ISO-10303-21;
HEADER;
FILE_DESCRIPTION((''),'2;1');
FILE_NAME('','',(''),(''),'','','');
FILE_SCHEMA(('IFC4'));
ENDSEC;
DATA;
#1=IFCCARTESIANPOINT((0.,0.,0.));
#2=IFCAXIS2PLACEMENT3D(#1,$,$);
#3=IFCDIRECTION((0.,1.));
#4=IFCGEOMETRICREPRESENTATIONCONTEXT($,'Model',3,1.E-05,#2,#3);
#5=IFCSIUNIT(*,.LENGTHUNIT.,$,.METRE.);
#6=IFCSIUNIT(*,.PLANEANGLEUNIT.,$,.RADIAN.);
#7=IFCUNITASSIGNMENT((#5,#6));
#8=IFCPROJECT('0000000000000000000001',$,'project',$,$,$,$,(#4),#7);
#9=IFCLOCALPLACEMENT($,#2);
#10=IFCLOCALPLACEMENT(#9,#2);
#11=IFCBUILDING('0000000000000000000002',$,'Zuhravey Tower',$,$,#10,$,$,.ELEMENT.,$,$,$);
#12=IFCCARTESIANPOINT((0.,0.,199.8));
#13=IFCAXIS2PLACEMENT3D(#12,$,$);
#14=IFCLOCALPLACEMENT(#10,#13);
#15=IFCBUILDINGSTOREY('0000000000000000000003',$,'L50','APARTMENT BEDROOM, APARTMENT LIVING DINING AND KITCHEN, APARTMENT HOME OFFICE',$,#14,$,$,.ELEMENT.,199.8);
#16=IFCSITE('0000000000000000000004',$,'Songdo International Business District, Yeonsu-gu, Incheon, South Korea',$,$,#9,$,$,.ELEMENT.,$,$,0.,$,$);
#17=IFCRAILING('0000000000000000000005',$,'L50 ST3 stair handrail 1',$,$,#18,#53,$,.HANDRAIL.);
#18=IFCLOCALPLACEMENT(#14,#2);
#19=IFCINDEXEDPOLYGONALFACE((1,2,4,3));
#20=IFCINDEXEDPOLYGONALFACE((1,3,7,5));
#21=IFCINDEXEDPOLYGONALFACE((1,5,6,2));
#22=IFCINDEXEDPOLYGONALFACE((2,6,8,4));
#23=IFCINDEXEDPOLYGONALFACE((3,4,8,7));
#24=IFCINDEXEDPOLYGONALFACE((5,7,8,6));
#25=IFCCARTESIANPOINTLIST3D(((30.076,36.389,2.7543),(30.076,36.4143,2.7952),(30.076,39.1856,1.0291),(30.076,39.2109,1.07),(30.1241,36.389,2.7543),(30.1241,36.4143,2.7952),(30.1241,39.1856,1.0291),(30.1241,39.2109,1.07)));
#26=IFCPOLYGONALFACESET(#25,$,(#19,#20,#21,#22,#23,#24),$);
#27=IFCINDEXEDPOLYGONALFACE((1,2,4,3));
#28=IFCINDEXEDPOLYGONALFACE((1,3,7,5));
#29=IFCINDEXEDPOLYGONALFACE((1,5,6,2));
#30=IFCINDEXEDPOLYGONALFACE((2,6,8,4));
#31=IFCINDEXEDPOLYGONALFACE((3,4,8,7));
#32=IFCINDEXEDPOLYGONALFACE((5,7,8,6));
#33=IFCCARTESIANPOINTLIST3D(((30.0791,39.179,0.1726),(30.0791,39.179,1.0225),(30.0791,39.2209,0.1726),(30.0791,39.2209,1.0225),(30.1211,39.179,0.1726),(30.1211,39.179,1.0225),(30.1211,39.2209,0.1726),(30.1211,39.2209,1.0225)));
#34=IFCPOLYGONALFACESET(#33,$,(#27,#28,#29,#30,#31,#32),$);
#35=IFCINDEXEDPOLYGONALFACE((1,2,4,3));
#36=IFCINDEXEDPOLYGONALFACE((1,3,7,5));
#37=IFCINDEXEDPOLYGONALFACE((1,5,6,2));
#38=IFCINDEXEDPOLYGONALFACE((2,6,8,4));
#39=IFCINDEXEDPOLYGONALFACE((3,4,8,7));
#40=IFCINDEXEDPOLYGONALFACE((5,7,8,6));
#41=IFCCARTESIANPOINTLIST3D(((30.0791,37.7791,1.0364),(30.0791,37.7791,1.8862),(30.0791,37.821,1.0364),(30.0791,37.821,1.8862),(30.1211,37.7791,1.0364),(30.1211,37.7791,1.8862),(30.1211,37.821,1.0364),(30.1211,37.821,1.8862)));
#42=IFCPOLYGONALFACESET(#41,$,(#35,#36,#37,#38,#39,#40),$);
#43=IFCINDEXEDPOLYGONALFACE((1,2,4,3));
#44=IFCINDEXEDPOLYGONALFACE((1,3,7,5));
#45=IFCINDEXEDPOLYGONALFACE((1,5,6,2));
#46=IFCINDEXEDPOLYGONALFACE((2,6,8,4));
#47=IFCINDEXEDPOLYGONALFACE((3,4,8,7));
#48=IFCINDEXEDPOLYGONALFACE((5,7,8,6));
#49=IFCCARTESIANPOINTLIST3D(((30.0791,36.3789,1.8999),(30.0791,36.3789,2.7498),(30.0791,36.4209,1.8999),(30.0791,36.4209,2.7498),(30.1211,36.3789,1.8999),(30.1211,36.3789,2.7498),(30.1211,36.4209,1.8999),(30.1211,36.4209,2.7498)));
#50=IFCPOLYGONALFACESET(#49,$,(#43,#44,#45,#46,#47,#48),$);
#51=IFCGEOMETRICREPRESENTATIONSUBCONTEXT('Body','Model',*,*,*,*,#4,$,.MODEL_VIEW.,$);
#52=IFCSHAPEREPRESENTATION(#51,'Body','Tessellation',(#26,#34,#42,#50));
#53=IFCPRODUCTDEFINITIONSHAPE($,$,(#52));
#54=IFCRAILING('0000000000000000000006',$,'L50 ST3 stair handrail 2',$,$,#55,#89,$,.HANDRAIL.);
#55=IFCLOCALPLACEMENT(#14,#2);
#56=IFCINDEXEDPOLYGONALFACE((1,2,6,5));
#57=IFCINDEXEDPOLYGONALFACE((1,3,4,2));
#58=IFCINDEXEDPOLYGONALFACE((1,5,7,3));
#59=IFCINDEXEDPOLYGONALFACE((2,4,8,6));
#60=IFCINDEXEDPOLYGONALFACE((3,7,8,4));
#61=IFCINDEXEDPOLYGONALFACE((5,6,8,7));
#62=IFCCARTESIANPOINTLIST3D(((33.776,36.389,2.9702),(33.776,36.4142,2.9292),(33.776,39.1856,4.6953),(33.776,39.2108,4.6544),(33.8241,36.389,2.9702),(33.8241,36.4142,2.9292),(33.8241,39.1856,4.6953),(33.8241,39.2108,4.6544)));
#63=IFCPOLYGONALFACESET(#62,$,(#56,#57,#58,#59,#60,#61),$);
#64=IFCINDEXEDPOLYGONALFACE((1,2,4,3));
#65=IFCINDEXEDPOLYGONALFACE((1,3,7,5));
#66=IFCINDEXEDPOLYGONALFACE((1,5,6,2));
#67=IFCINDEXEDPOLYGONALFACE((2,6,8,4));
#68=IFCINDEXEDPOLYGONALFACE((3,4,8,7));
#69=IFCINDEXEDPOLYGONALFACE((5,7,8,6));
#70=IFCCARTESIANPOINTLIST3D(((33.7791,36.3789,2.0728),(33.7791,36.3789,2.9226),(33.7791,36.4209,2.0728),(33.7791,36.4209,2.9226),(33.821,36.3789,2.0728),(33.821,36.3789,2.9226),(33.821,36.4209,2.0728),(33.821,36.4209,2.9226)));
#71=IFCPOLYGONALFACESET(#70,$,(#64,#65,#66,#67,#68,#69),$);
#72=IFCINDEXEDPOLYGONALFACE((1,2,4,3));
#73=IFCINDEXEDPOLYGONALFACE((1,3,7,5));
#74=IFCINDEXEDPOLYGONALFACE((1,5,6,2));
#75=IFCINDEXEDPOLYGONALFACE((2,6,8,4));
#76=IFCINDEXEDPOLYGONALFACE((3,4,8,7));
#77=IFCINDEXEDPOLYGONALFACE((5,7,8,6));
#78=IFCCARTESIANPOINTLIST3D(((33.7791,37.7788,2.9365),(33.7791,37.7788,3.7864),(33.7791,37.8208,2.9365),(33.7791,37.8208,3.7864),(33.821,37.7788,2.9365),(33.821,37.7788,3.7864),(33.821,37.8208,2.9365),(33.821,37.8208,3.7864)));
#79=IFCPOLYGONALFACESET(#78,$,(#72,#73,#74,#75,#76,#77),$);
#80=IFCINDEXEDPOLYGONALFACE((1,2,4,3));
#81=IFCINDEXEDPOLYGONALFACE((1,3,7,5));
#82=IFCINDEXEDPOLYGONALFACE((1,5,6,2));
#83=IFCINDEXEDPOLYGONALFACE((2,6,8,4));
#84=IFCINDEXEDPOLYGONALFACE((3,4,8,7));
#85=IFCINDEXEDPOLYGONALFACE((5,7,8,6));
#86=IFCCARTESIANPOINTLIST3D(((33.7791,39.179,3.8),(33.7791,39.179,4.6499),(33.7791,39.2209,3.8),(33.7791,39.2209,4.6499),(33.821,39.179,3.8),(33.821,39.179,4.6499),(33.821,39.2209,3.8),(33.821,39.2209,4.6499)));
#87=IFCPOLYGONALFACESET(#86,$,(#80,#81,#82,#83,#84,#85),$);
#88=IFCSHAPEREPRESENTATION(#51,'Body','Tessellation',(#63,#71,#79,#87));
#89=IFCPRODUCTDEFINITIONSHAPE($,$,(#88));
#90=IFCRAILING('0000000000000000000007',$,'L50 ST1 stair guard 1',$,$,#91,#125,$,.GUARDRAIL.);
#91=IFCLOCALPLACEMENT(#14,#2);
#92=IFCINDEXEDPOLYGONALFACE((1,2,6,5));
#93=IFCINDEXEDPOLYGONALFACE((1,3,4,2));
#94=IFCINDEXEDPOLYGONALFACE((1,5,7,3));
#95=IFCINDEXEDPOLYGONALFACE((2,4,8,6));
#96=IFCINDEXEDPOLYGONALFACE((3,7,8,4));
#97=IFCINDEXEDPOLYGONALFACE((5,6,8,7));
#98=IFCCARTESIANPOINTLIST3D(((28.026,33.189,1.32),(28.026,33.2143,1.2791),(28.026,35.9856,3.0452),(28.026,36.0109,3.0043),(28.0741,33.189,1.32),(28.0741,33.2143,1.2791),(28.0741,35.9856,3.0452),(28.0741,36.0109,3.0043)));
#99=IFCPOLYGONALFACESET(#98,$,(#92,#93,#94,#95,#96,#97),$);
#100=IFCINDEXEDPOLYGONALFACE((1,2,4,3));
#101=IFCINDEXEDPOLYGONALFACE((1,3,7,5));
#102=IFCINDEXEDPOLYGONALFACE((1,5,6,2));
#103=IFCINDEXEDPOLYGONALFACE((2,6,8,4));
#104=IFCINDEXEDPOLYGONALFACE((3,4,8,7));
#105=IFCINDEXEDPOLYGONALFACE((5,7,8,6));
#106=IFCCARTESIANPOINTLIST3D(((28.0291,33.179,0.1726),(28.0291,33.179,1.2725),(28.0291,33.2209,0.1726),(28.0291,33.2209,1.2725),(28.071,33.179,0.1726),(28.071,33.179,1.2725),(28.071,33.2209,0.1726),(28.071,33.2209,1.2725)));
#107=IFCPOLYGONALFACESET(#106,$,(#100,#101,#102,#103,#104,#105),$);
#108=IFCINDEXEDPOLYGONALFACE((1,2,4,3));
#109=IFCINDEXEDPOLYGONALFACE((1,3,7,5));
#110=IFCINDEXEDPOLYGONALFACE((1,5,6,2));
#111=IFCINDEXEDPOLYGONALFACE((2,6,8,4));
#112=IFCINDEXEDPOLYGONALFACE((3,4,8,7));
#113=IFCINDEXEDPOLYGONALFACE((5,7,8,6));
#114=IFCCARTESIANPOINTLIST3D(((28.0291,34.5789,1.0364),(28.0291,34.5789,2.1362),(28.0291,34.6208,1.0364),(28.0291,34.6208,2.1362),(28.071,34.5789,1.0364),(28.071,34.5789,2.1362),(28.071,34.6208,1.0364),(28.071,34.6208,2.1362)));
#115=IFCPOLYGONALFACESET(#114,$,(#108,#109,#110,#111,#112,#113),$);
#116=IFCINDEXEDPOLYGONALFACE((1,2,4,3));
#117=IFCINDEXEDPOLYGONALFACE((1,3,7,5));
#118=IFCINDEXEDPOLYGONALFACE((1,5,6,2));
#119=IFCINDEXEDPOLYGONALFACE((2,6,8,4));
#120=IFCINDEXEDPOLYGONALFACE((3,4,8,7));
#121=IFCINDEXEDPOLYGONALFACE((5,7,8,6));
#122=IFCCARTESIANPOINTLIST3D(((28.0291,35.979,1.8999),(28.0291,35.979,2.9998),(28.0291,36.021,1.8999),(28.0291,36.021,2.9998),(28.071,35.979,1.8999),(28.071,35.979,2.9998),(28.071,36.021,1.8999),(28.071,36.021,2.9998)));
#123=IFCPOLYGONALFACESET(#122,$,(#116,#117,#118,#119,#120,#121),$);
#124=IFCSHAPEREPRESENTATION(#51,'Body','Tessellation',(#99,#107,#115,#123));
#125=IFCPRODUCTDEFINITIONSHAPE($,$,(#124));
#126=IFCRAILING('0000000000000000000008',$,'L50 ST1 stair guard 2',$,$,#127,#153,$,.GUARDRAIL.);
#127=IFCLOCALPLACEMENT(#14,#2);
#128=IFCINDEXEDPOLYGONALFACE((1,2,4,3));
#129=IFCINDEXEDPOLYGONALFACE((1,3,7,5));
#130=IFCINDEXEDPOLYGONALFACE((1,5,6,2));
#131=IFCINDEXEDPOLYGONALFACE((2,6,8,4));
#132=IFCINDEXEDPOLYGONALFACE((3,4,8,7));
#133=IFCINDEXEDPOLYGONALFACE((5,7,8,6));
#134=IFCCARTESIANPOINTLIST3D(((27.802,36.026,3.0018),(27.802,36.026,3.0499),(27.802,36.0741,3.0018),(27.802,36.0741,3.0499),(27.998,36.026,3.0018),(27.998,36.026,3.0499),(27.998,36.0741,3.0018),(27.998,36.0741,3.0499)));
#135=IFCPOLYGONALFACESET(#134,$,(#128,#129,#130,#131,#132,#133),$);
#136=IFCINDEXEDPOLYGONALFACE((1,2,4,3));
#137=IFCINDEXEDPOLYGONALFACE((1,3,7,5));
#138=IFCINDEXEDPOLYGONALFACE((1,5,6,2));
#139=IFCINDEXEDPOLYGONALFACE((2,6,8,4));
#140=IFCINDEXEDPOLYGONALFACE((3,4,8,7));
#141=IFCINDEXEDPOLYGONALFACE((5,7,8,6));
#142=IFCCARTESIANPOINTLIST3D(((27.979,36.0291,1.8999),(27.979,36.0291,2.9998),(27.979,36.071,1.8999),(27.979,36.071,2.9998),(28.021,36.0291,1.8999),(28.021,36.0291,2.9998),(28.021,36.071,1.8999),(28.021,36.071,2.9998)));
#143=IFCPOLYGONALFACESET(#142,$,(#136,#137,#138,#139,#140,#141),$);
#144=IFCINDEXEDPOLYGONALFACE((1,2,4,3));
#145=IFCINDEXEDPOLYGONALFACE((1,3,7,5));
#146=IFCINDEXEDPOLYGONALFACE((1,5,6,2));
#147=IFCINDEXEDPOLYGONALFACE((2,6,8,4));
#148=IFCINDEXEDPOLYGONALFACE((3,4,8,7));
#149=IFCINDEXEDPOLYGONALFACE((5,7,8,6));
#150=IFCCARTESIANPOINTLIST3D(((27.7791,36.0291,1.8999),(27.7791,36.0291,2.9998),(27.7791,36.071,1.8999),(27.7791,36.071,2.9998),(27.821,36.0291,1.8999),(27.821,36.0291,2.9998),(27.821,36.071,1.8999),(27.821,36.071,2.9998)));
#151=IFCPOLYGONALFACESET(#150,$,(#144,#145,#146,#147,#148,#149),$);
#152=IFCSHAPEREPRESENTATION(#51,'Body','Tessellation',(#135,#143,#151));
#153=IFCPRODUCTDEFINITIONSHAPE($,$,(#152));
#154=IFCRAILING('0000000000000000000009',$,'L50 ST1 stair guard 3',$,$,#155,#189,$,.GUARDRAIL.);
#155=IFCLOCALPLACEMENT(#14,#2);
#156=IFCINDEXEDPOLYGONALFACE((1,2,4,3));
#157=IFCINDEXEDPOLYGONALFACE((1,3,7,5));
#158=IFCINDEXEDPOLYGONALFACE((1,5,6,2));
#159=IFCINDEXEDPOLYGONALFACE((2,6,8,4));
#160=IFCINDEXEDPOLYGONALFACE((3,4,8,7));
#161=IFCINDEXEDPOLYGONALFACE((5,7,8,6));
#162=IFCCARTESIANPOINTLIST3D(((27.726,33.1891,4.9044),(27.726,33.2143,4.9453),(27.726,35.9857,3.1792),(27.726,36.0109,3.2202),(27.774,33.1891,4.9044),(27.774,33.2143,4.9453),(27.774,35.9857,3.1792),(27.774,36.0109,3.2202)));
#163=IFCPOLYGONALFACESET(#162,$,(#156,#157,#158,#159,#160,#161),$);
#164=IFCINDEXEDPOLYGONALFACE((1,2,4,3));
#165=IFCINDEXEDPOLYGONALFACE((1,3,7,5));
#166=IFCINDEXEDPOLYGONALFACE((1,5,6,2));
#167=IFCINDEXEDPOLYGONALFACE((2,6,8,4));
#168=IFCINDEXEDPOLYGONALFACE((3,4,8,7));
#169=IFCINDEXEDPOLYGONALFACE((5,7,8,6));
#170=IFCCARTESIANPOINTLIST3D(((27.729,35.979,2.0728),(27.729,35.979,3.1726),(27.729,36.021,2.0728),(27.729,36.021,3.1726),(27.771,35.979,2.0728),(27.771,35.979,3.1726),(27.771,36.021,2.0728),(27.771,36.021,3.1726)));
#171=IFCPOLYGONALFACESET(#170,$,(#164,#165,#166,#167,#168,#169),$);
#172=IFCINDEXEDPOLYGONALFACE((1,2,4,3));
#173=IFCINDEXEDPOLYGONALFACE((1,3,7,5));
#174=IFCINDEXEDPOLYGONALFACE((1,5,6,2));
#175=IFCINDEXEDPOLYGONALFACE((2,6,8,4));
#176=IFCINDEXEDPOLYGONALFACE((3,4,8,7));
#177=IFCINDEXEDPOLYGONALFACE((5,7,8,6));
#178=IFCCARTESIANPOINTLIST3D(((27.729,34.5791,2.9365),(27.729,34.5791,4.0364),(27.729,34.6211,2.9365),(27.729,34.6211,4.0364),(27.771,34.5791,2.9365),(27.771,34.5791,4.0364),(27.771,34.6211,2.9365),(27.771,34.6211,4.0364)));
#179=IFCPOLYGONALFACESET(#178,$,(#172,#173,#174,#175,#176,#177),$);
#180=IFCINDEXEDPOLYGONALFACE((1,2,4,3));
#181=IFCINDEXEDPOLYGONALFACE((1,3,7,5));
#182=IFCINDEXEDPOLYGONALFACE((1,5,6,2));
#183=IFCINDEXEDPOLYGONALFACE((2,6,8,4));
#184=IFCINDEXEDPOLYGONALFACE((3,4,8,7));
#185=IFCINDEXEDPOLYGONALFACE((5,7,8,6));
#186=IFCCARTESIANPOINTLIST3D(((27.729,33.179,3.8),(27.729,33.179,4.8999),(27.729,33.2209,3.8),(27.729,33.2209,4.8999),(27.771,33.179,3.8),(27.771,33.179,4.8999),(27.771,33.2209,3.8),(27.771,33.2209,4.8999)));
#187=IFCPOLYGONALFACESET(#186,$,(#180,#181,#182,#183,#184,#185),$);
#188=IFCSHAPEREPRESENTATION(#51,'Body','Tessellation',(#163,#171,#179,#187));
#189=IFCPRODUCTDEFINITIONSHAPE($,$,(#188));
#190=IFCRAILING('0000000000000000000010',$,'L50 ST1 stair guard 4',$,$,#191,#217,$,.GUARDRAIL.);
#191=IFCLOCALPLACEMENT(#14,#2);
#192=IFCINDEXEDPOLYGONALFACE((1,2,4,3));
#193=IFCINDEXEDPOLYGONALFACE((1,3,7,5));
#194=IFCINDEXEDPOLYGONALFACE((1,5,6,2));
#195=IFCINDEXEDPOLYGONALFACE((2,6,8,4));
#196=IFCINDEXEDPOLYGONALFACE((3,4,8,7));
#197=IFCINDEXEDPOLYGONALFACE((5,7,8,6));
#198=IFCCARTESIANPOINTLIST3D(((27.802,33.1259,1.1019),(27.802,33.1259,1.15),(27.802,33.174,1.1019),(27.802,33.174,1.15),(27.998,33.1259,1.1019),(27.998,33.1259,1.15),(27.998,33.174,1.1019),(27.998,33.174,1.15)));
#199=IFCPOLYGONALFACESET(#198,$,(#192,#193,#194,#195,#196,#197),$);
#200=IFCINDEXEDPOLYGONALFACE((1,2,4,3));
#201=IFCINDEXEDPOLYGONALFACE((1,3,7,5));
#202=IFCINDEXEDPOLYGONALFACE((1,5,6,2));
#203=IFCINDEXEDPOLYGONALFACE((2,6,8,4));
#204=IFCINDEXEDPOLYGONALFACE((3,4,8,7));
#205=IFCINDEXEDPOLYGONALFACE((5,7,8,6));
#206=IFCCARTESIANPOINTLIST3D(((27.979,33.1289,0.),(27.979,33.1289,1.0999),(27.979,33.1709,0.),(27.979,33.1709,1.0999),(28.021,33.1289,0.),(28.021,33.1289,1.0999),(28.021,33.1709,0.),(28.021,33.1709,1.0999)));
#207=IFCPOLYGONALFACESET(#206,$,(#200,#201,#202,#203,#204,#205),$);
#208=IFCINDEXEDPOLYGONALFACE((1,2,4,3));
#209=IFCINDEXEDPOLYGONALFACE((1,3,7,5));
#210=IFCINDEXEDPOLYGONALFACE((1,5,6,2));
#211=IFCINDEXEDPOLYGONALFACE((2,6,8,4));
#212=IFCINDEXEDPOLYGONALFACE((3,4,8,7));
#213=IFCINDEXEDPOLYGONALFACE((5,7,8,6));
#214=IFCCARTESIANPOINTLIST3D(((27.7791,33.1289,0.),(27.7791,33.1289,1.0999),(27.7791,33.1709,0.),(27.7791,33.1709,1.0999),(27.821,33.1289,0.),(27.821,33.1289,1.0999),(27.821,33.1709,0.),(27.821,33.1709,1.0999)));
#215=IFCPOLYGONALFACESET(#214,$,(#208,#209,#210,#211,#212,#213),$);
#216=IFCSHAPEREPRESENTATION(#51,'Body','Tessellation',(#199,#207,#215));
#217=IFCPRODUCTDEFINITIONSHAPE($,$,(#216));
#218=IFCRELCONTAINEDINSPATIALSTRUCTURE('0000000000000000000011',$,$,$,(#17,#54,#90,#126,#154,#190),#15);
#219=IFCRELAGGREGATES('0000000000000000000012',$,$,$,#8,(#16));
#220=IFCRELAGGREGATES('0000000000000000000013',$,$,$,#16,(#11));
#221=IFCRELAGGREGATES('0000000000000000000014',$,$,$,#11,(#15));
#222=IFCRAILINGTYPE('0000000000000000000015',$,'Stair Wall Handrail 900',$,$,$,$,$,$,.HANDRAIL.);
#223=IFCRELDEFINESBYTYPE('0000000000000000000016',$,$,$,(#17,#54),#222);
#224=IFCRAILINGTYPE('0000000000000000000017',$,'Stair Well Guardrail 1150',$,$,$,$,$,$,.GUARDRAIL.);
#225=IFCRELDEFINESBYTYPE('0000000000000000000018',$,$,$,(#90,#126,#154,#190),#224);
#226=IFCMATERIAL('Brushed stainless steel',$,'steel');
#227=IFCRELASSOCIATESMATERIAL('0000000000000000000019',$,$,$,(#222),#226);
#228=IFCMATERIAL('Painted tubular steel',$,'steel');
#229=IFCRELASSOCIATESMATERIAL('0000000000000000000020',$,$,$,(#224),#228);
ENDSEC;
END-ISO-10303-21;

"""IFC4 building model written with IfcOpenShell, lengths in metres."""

from ifc_helpers import new_model, si_unit, direction, frame, origin, origin_2d, place, context, subcontext, project, spatial, rectangle, extrude, material, type_object, element, save


model = new_model("IFC4")

# Units and contexts
model_context = context("Model", 3, precision=1e-05, world=origin(), true_north=direction((0.0, 1.0)))
body_context = subcontext(model_context, "Body", "Model", "MODEL_VIEW")
ifc_project = project(units=[si_unit("LENGTHUNIT", "METRE"), si_unit("PLANEANGLEUNIT", "RADIAN")], contexts=[model_context])

# Site, building, storey
site_placement = place(None, origin())
site = spatial("IfcSite", under=ifc_project, at=site_placement, Name="Songdo International Business District, Yeonsu-gu, Incheon, South Korea", CompositionType="ELEMENT", RefElevation=0.0)
building_placement = place(site_placement, origin())
building = spatial("IfcBuilding", under=site, at=building_placement, Name="Zuhravey Tower", CompositionType="ELEMENT")
storey_placement = place(building_placement, frame((0.0, 0.0, 199.8)))
storey = spatial("IfcBuildingStorey", under=building, at=storey_placement, Name="L50", Description="APARTMENT BEDROOM, APARTMENT LIVING DINING AND KITCHEN, APARTMENT HOME OFFICE", CompositionType="ELEMENT", Elevation=199.8)

# Railings
ifc_material_1 = material(Name="Brushed stainless steel", Category="steel")
railing_type_1 = type_object("IfcRailingType", Name="Stair Wall Handrail 900", PredefinedType="HANDRAIL", material=ifc_material_1)
for number, where, name in (
    (1, (30.1001, 39.2, 0.1726), "L50 ST3 stair handrail 1"),
):
    element("IfcRailing", number, at=place(storey_placement, frame(where)), inside=storey, type_object=railing_type_1, Name=name, PredefinedType="HANDRAIL", context=body_context, shape_type="SweptSolid", body=[
        extrude(rectangle(XDim=0.0481, YDim=0.0481, at=origin_2d()), frame((0.0, -0.0017, 0.877), z_axis=(0.0, -0.85109, 0.52502), x_axis=(1.0, 0.0, 0.0)), (0.0, 0.0, 1.0), 3.2859),
        extrude(rectangle(XDim=0.042, YDim=0.042, at=origin_2d()), origin(), (0.0, 0.0, 1.0), 0.8499),
        extrude(rectangle(XDim=0.042, YDim=0.042, at=origin_2d()), frame((0.0, -1.3999, 0.8638)), (0.0, 0.0, 1.0), 0.8499),
        extrude(rectangle(XDim=0.042, YDim=0.042, at=origin_2d()), frame((0.0, -2.8, 1.7273)), (0.0, 0.0, 1.0), 0.8499),
    ])
railing_1_placement = place(storey_placement, frame((33.8, 36.3999, 2.0728)))
element("IfcRailing", 2, at=railing_1_placement, inside=storey, type_object=railing_type_1, Name="L50 ST3 stair handrail 2", PredefinedType="HANDRAIL", context=body_context, shape_type="SweptSolid", body=[
    extrude(rectangle(XDim=0.0481, YDim=0.0481, at=origin_2d()), frame((0.0, 0.0017, 0.877), z_axis=(0.0, 0.85109, 0.52502), x_axis=(-1.0, 0.0, 0.0)), (0.0, 0.0, 1.0), 3.2859),
    extrude(rectangle(XDim=0.042, YDim=0.042, at=origin_2d()), origin(), (0.0, 0.0, 1.0), 0.8499),
    extrude(rectangle(XDim=0.042, YDim=0.042, at=origin_2d()), frame((0.0, 1.3999, 0.8638)), (0.0, 0.0, 1.0), 0.8499),
    extrude(rectangle(XDim=0.042, YDim=0.042, at=origin_2d()), frame((0.0, 2.8, 1.7273)), (0.0, 0.0, 1.0), 0.8499),
])
ifc_material_2 = material(Name="Painted tubular steel", Category="steel")
railing_type_2 = type_object("IfcRailingType", Name="Stair Well Guardrail 1150", PredefinedType="GUARDRAIL", material=ifc_material_2)
railing_2_placement = place(storey_placement, frame((28.05, 33.2, 0.1726)))
element("IfcRailing", 3, at=railing_2_placement, inside=storey, type_object=railing_type_2, Name="L50 ST1 stair guard 1", PredefinedType="GUARDRAIL", context=body_context, shape_type="SweptSolid", body=[
    extrude(rectangle(XDim=0.0481, YDim=0.0481, at=origin_2d()), frame((0.0, 0.0017, 1.127), z_axis=(0.0, 0.85109, 0.52502), x_axis=(-1.0, 0.0, 0.0)), (0.0, 0.0, 1.0), 3.2859),
    extrude(rectangle(XDim=0.042, YDim=0.042, at=origin_2d()), origin(), (0.0, 0.0, 1.0), 1.0999),
    extrude(rectangle(XDim=0.042, YDim=0.042, at=origin_2d()), frame((0.0, 1.3999, 0.8638)), (0.0, 0.0, 1.0), 1.0999),
    extrude(rectangle(XDim=0.042, YDim=0.042, at=origin_2d()), frame((0.0, 2.8, 1.7273)), (0.0, 0.0, 1.0), 1.0999),
])
railing_3_placement = place(storey_placement, frame((28.0, 36.05, 1.8999)))
element("IfcRailing", 4, at=railing_3_placement, inside=storey, type_object=railing_type_2, Name="L50 ST1 stair guard 2", PredefinedType="GUARDRAIL", context=body_context, shape_type="SweptSolid", body=[
    extrude(rectangle(XDim=0.0481, YDim=0.0481, at=origin_2d()), frame((-0.002, 0.0, 1.126), z_axis=(-1.0, 0.0, 0.0), x_axis=(0.0, -1.0, 0.0)), (0.0, 0.0, 1.0), 0.196),
    extrude(rectangle(XDim=0.042, YDim=0.042, at=origin_2d()), origin(), (0.0, 0.0, 1.0), 1.0999),
    extrude(rectangle(XDim=0.042, YDim=0.042, at=origin_2d()), frame((-0.2, 0.0, 0.0)), (0.0, 0.0, 1.0), 1.0999),
])
railing_4_placement = place(storey_placement, frame((27.75, 36.0, 2.0728)))
element("IfcRailing", 5, at=railing_4_placement, inside=storey, type_object=railing_type_2, Name="L50 ST1 stair guard 3", PredefinedType="GUARDRAIL", context=body_context, shape_type="SweptSolid", body=[
    extrude(rectangle(XDim=0.0481, YDim=0.0481, at=origin_2d()), frame((0.0, -0.0017, 1.127), z_axis=(0.0, -0.85109, 0.52502), x_axis=(1.0, 0.0, 0.0)), (0.0, 0.0, 1.0), 3.2859),
    extrude(rectangle(XDim=0.042, YDim=0.042, at=origin_2d()), origin(), (0.0, 0.0, 1.0), 1.0999),
    extrude(rectangle(XDim=0.042, YDim=0.042, at=origin_2d()), frame((0.0, -1.3999, 0.8638)), (0.0, 0.0, 1.0), 1.0999),
    extrude(rectangle(XDim=0.042, YDim=0.042, at=origin_2d()), frame((0.0, -2.8, 1.7273)), (0.0, 0.0, 1.0), 1.0999),
])
railing_5_placement = place(storey_placement, frame((28.0, 33.1499, 0.0)))
element("IfcRailing", 6, at=railing_5_placement, inside=storey, type_object=railing_type_2, Name="L50 ST1 stair guard 4", PredefinedType="GUARDRAIL", context=body_context, shape_type="SweptSolid", body=[
    extrude(rectangle(XDim=0.0481, YDim=0.0481, at=origin_2d()), frame((-0.002, 0.0, 1.126), z_axis=(-1.0, 0.0, 0.0), x_axis=(0.0, -1.0, 0.0)), (0.0, 0.0, 1.0), 0.196),
    extrude(rectangle(XDim=0.042, YDim=0.042, at=origin_2d()), origin(), (0.0, 0.0, 1.0), 1.0999),
    extrude(rectangle(XDim=0.042, YDim=0.042, at=origin_2d()), frame((-0.2, 0.0, 0.0)), (0.0, 0.0, 1.0), 1.0999),
])

save(model, "model.ifc")
